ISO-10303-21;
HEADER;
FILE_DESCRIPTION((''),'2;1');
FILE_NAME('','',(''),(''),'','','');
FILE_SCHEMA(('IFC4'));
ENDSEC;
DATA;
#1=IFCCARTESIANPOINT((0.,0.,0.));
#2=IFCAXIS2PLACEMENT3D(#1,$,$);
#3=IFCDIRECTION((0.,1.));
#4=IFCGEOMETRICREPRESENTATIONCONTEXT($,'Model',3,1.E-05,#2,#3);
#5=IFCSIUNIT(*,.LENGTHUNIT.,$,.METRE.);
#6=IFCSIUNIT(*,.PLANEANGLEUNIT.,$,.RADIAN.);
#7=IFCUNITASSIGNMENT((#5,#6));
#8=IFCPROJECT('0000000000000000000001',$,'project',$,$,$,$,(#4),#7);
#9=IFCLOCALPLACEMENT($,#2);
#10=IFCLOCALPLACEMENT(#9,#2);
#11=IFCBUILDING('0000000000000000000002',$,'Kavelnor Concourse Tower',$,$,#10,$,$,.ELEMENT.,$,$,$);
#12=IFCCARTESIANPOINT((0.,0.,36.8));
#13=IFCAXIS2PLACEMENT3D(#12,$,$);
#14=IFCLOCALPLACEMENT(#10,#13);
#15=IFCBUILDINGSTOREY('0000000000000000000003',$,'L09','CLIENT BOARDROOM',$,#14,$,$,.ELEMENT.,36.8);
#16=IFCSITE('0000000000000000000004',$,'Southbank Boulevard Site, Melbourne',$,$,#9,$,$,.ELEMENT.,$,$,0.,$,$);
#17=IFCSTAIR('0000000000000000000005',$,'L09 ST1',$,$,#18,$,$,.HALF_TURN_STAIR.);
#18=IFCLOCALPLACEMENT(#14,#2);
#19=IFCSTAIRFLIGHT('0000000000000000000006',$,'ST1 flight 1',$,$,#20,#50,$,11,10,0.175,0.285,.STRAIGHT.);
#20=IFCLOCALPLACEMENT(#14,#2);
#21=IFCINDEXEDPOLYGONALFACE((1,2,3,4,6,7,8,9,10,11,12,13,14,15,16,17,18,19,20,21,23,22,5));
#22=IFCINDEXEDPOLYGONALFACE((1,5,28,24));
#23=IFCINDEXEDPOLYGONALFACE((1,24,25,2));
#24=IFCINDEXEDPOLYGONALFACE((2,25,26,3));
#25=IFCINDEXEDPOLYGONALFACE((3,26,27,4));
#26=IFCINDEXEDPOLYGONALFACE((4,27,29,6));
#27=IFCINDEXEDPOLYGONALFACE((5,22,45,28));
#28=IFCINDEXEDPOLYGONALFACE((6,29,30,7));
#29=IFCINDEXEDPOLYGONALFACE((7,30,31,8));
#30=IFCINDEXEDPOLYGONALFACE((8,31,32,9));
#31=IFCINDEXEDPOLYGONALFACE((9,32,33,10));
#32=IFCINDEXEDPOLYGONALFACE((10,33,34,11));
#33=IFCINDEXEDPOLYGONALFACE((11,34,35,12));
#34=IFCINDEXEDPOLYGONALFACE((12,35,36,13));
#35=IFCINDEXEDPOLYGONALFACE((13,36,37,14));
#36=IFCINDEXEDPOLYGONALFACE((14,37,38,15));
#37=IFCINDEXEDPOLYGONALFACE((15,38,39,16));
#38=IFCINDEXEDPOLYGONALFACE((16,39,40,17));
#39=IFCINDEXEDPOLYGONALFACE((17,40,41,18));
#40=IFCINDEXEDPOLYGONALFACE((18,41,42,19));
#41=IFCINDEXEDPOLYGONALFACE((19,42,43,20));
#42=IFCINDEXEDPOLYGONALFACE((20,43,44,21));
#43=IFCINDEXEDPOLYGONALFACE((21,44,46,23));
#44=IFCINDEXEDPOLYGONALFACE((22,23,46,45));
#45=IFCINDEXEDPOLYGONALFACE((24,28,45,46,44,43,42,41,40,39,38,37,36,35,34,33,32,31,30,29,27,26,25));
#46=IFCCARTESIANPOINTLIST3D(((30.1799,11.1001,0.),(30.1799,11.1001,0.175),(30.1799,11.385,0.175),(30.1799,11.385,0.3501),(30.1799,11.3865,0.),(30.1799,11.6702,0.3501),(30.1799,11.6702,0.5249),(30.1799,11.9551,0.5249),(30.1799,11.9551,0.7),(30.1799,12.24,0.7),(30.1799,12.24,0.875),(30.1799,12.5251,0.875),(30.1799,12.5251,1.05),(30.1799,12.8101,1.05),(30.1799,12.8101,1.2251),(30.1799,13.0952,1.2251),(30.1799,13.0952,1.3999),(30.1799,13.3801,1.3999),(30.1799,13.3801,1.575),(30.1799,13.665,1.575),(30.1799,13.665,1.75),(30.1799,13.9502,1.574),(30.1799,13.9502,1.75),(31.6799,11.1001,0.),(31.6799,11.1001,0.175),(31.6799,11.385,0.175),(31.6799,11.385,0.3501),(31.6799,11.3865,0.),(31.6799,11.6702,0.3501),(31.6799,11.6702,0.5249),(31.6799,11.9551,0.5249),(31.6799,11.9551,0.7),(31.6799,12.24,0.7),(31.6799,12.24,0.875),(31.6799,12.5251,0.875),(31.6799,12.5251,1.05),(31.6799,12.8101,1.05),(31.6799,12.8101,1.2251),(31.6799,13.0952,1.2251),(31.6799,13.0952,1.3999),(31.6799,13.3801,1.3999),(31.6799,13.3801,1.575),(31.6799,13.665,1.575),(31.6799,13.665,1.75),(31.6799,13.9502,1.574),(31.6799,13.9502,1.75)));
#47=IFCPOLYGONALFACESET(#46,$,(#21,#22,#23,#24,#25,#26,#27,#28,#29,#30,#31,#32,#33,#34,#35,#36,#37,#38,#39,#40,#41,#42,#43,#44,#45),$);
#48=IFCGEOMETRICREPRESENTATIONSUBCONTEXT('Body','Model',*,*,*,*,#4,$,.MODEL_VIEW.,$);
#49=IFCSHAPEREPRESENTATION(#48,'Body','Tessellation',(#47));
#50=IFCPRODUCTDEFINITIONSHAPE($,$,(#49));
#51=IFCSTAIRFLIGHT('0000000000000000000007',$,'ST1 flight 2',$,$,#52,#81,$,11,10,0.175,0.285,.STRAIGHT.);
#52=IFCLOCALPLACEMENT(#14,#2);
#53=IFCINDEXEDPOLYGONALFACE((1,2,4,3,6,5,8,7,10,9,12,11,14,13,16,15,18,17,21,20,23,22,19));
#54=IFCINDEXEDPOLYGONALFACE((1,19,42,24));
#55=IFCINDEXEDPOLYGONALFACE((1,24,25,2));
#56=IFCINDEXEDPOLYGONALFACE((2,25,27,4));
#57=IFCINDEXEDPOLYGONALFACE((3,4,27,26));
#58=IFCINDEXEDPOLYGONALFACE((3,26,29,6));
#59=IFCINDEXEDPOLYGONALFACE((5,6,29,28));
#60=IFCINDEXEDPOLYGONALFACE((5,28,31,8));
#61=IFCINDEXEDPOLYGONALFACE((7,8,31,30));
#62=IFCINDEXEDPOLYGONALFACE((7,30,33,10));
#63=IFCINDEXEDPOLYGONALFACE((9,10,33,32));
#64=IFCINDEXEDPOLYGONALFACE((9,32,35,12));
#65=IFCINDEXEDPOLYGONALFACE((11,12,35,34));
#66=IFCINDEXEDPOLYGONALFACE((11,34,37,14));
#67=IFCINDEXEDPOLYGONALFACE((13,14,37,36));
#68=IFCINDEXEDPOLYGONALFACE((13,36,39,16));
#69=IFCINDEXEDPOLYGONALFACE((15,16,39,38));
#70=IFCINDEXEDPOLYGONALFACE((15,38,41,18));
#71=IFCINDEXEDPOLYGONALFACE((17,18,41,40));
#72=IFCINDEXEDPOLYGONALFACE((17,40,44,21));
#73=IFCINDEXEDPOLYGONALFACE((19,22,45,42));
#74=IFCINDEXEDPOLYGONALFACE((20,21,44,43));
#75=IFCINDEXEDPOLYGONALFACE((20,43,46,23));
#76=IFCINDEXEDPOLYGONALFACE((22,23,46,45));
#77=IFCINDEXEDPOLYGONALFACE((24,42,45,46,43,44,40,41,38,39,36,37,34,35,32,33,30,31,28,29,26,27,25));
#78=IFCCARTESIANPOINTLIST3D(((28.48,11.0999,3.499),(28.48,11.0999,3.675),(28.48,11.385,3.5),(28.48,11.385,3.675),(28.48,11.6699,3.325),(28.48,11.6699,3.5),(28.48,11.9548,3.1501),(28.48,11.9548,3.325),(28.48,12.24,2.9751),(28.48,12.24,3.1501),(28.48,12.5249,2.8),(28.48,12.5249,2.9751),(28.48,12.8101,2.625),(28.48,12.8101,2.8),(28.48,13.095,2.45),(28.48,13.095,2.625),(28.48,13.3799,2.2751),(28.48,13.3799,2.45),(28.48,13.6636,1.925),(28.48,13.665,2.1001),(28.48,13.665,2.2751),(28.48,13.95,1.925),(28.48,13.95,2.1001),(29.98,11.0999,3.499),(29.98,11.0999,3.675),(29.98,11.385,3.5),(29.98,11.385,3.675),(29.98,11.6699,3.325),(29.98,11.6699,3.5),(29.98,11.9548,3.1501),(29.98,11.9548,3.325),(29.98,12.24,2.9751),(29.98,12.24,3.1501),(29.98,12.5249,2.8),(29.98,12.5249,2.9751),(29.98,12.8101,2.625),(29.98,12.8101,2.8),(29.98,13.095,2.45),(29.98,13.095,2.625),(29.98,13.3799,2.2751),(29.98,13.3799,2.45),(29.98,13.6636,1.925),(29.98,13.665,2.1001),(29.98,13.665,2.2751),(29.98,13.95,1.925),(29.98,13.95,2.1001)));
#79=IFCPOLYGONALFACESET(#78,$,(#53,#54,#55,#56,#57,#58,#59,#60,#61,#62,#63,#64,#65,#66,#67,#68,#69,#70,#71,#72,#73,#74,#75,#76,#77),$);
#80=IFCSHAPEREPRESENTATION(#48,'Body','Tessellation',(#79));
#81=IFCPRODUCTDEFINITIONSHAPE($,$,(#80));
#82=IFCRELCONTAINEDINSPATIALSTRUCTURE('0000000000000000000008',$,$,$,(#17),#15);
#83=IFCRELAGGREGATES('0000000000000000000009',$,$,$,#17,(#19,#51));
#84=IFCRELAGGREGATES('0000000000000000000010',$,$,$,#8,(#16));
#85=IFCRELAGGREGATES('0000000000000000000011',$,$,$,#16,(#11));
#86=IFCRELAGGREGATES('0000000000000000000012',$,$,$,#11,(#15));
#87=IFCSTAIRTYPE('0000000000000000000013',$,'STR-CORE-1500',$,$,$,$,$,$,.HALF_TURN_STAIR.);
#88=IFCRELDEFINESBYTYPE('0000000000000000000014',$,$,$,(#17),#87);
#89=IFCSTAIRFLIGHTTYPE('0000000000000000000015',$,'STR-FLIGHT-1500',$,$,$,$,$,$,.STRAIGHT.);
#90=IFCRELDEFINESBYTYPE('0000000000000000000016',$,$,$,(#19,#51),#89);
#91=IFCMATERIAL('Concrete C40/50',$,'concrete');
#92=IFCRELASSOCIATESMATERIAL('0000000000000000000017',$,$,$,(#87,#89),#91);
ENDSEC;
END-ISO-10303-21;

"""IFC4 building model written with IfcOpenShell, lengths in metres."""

from ifc_helpers import new_model, si_unit, direction, frame, origin, place, context, subcontext, project, spatial, polyline, outline, extrude, material, type_object, element, aggregate, save


model = new_model("IFC4")

# Units and contexts
model_context = context("Model", 3, precision=1e-05, world=origin(), true_north=direction((0.0, 1.0)))
body_context = subcontext(model_context, "Body", "Model", "MODEL_VIEW")
ifc_project = project(units=[si_unit("LENGTHUNIT", "METRE"), si_unit("PLANEANGLEUNIT", "RADIAN")], contexts=[model_context])

# Site, building, storey
site_placement = place(None, origin())
site = spatial("IfcSite", under=ifc_project, at=site_placement, Name="Southbank Boulevard Site, Melbourne", CompositionType="ELEMENT", RefElevation=0.0)
building_placement = place(site_placement, origin())
building = spatial("IfcBuilding", under=site, at=building_placement, Name="Kavelnor Concourse Tower", CompositionType="ELEMENT")
storey_placement = place(building_placement, frame((0.0, 0.0, 36.8)))
storey = spatial("IfcBuildingStorey", under=building, at=storey_placement, Name="L09", Description="CLIENT BOARDROOM", CompositionType="ELEMENT", Elevation=36.8)

# Stair, stair flights
ifc_material_1 = material(Name="Concrete C40/50", Category="concrete")
stair_type = type_object("IfcStairType", Name="STR-CORE-1500", PredefinedType="HALF_TURN_STAIR", material=ifc_material_1)
stair_placement = place(storey_placement, origin())
stair = element("IfcStair", 1, at=stair_placement, inside=storey, type_object=stair_type, Name="L09 ST1", PredefinedType="HALF_TURN_STAIR")
stair_flight_type = type_object("IfcStairFlightType", Name="STR-FLIGHT-1500", PredefinedType="STRAIGHT", material=ifc_material_1)
stair_flight_1_placement = place(storey_placement, frame((30.9299, 11.1001, 0.0), z_axis=(0.0, 0.0, 1.0), x_axis=(0.0, 1.0, 0.0)))
stair_flight_1 = element("IfcStairFlight", 2, at=stair_flight_1_placement, type_object=stair_flight_type, Name="ST1 flight 1", NumberOfRisers=11, NumberOfTreads=10, PredefinedType="STRAIGHT", RiserHeight=0.175, TreadLength=0.285, context=body_context, shape_type="SweptSolid", body=[
    extrude(outline(polyline([(0.0, 0.0), (0.0, 0.175), (0.2849, 0.175), (0.2849, 0.3501), (0.5701, 0.3501), (0.5701, 0.5249), (0.855, 0.5249), (0.855, 0.7), (1.1399, 0.7), (1.1399, 0.875), (1.425, 0.875), (1.425, 1.05), (1.71, 1.05), (1.71, 1.2251), (1.9951, 1.2251), (1.9951, 1.3999), (2.28, 1.3999), (2.28, 1.575), (2.5649, 1.575), (2.5649, 1.75), (2.8501, 1.75), (2.8501, 1.925), (2.8501, 1.574), (0.2864, 0.0), (0.0, 0.0)])), frame((0.0, 0.75, 0.0), z_axis=(0.0, -1.0, 0.0), x_axis=(1.0, 0.0, 0.0)), (0.0, 0.0, 1.0), 1.5),
])
stair_flight_2_placement = place(storey_placement, frame((29.23, 13.95, 1.925), z_axis=(0.0, 0.0, 1.0), x_axis=(0.0, -1.0, 0.0)))
stair_flight_2 = element("IfcStairFlight", 3, at=stair_flight_2_placement, type_object=stair_flight_type, Name="ST1 flight 2", NumberOfRisers=11, NumberOfTreads=10, PredefinedType="STRAIGHT", RiserHeight=0.175, TreadLength=0.285, context=body_context, shape_type="SweptSolid", body=[
    extrude(outline(polyline([(0.0, 0.0), (0.0, 0.175), (0.2849, 0.175), (0.2849, 0.3501), (0.5701, 0.3501), (0.5701, 0.5249), (0.855, 0.5249), (0.855, 0.7), (1.1399, 0.7), (1.1399, 0.875), (1.425, 0.875), (1.425, 1.05), (1.71, 1.05), (1.71, 1.2251), (1.9951, 1.2251), (1.9951, 1.3999), (2.28, 1.3999), (2.28, 1.575), (2.5649, 1.575), (2.5649, 1.75), (2.8501, 1.75), (2.8501, 1.925), (2.8501, 1.574), (0.2864, 0.0), (0.0, 0.0)])), frame((0.0, 0.75, 0.0), z_axis=(0.0, -1.0, 0.0), x_axis=(1.0, 0.0, 0.0)), (0.0, 0.0, 1.0), 1.5),
])
aggregate(stair, [stair_flight_1, stair_flight_2])

save(model, "model.ifc")
